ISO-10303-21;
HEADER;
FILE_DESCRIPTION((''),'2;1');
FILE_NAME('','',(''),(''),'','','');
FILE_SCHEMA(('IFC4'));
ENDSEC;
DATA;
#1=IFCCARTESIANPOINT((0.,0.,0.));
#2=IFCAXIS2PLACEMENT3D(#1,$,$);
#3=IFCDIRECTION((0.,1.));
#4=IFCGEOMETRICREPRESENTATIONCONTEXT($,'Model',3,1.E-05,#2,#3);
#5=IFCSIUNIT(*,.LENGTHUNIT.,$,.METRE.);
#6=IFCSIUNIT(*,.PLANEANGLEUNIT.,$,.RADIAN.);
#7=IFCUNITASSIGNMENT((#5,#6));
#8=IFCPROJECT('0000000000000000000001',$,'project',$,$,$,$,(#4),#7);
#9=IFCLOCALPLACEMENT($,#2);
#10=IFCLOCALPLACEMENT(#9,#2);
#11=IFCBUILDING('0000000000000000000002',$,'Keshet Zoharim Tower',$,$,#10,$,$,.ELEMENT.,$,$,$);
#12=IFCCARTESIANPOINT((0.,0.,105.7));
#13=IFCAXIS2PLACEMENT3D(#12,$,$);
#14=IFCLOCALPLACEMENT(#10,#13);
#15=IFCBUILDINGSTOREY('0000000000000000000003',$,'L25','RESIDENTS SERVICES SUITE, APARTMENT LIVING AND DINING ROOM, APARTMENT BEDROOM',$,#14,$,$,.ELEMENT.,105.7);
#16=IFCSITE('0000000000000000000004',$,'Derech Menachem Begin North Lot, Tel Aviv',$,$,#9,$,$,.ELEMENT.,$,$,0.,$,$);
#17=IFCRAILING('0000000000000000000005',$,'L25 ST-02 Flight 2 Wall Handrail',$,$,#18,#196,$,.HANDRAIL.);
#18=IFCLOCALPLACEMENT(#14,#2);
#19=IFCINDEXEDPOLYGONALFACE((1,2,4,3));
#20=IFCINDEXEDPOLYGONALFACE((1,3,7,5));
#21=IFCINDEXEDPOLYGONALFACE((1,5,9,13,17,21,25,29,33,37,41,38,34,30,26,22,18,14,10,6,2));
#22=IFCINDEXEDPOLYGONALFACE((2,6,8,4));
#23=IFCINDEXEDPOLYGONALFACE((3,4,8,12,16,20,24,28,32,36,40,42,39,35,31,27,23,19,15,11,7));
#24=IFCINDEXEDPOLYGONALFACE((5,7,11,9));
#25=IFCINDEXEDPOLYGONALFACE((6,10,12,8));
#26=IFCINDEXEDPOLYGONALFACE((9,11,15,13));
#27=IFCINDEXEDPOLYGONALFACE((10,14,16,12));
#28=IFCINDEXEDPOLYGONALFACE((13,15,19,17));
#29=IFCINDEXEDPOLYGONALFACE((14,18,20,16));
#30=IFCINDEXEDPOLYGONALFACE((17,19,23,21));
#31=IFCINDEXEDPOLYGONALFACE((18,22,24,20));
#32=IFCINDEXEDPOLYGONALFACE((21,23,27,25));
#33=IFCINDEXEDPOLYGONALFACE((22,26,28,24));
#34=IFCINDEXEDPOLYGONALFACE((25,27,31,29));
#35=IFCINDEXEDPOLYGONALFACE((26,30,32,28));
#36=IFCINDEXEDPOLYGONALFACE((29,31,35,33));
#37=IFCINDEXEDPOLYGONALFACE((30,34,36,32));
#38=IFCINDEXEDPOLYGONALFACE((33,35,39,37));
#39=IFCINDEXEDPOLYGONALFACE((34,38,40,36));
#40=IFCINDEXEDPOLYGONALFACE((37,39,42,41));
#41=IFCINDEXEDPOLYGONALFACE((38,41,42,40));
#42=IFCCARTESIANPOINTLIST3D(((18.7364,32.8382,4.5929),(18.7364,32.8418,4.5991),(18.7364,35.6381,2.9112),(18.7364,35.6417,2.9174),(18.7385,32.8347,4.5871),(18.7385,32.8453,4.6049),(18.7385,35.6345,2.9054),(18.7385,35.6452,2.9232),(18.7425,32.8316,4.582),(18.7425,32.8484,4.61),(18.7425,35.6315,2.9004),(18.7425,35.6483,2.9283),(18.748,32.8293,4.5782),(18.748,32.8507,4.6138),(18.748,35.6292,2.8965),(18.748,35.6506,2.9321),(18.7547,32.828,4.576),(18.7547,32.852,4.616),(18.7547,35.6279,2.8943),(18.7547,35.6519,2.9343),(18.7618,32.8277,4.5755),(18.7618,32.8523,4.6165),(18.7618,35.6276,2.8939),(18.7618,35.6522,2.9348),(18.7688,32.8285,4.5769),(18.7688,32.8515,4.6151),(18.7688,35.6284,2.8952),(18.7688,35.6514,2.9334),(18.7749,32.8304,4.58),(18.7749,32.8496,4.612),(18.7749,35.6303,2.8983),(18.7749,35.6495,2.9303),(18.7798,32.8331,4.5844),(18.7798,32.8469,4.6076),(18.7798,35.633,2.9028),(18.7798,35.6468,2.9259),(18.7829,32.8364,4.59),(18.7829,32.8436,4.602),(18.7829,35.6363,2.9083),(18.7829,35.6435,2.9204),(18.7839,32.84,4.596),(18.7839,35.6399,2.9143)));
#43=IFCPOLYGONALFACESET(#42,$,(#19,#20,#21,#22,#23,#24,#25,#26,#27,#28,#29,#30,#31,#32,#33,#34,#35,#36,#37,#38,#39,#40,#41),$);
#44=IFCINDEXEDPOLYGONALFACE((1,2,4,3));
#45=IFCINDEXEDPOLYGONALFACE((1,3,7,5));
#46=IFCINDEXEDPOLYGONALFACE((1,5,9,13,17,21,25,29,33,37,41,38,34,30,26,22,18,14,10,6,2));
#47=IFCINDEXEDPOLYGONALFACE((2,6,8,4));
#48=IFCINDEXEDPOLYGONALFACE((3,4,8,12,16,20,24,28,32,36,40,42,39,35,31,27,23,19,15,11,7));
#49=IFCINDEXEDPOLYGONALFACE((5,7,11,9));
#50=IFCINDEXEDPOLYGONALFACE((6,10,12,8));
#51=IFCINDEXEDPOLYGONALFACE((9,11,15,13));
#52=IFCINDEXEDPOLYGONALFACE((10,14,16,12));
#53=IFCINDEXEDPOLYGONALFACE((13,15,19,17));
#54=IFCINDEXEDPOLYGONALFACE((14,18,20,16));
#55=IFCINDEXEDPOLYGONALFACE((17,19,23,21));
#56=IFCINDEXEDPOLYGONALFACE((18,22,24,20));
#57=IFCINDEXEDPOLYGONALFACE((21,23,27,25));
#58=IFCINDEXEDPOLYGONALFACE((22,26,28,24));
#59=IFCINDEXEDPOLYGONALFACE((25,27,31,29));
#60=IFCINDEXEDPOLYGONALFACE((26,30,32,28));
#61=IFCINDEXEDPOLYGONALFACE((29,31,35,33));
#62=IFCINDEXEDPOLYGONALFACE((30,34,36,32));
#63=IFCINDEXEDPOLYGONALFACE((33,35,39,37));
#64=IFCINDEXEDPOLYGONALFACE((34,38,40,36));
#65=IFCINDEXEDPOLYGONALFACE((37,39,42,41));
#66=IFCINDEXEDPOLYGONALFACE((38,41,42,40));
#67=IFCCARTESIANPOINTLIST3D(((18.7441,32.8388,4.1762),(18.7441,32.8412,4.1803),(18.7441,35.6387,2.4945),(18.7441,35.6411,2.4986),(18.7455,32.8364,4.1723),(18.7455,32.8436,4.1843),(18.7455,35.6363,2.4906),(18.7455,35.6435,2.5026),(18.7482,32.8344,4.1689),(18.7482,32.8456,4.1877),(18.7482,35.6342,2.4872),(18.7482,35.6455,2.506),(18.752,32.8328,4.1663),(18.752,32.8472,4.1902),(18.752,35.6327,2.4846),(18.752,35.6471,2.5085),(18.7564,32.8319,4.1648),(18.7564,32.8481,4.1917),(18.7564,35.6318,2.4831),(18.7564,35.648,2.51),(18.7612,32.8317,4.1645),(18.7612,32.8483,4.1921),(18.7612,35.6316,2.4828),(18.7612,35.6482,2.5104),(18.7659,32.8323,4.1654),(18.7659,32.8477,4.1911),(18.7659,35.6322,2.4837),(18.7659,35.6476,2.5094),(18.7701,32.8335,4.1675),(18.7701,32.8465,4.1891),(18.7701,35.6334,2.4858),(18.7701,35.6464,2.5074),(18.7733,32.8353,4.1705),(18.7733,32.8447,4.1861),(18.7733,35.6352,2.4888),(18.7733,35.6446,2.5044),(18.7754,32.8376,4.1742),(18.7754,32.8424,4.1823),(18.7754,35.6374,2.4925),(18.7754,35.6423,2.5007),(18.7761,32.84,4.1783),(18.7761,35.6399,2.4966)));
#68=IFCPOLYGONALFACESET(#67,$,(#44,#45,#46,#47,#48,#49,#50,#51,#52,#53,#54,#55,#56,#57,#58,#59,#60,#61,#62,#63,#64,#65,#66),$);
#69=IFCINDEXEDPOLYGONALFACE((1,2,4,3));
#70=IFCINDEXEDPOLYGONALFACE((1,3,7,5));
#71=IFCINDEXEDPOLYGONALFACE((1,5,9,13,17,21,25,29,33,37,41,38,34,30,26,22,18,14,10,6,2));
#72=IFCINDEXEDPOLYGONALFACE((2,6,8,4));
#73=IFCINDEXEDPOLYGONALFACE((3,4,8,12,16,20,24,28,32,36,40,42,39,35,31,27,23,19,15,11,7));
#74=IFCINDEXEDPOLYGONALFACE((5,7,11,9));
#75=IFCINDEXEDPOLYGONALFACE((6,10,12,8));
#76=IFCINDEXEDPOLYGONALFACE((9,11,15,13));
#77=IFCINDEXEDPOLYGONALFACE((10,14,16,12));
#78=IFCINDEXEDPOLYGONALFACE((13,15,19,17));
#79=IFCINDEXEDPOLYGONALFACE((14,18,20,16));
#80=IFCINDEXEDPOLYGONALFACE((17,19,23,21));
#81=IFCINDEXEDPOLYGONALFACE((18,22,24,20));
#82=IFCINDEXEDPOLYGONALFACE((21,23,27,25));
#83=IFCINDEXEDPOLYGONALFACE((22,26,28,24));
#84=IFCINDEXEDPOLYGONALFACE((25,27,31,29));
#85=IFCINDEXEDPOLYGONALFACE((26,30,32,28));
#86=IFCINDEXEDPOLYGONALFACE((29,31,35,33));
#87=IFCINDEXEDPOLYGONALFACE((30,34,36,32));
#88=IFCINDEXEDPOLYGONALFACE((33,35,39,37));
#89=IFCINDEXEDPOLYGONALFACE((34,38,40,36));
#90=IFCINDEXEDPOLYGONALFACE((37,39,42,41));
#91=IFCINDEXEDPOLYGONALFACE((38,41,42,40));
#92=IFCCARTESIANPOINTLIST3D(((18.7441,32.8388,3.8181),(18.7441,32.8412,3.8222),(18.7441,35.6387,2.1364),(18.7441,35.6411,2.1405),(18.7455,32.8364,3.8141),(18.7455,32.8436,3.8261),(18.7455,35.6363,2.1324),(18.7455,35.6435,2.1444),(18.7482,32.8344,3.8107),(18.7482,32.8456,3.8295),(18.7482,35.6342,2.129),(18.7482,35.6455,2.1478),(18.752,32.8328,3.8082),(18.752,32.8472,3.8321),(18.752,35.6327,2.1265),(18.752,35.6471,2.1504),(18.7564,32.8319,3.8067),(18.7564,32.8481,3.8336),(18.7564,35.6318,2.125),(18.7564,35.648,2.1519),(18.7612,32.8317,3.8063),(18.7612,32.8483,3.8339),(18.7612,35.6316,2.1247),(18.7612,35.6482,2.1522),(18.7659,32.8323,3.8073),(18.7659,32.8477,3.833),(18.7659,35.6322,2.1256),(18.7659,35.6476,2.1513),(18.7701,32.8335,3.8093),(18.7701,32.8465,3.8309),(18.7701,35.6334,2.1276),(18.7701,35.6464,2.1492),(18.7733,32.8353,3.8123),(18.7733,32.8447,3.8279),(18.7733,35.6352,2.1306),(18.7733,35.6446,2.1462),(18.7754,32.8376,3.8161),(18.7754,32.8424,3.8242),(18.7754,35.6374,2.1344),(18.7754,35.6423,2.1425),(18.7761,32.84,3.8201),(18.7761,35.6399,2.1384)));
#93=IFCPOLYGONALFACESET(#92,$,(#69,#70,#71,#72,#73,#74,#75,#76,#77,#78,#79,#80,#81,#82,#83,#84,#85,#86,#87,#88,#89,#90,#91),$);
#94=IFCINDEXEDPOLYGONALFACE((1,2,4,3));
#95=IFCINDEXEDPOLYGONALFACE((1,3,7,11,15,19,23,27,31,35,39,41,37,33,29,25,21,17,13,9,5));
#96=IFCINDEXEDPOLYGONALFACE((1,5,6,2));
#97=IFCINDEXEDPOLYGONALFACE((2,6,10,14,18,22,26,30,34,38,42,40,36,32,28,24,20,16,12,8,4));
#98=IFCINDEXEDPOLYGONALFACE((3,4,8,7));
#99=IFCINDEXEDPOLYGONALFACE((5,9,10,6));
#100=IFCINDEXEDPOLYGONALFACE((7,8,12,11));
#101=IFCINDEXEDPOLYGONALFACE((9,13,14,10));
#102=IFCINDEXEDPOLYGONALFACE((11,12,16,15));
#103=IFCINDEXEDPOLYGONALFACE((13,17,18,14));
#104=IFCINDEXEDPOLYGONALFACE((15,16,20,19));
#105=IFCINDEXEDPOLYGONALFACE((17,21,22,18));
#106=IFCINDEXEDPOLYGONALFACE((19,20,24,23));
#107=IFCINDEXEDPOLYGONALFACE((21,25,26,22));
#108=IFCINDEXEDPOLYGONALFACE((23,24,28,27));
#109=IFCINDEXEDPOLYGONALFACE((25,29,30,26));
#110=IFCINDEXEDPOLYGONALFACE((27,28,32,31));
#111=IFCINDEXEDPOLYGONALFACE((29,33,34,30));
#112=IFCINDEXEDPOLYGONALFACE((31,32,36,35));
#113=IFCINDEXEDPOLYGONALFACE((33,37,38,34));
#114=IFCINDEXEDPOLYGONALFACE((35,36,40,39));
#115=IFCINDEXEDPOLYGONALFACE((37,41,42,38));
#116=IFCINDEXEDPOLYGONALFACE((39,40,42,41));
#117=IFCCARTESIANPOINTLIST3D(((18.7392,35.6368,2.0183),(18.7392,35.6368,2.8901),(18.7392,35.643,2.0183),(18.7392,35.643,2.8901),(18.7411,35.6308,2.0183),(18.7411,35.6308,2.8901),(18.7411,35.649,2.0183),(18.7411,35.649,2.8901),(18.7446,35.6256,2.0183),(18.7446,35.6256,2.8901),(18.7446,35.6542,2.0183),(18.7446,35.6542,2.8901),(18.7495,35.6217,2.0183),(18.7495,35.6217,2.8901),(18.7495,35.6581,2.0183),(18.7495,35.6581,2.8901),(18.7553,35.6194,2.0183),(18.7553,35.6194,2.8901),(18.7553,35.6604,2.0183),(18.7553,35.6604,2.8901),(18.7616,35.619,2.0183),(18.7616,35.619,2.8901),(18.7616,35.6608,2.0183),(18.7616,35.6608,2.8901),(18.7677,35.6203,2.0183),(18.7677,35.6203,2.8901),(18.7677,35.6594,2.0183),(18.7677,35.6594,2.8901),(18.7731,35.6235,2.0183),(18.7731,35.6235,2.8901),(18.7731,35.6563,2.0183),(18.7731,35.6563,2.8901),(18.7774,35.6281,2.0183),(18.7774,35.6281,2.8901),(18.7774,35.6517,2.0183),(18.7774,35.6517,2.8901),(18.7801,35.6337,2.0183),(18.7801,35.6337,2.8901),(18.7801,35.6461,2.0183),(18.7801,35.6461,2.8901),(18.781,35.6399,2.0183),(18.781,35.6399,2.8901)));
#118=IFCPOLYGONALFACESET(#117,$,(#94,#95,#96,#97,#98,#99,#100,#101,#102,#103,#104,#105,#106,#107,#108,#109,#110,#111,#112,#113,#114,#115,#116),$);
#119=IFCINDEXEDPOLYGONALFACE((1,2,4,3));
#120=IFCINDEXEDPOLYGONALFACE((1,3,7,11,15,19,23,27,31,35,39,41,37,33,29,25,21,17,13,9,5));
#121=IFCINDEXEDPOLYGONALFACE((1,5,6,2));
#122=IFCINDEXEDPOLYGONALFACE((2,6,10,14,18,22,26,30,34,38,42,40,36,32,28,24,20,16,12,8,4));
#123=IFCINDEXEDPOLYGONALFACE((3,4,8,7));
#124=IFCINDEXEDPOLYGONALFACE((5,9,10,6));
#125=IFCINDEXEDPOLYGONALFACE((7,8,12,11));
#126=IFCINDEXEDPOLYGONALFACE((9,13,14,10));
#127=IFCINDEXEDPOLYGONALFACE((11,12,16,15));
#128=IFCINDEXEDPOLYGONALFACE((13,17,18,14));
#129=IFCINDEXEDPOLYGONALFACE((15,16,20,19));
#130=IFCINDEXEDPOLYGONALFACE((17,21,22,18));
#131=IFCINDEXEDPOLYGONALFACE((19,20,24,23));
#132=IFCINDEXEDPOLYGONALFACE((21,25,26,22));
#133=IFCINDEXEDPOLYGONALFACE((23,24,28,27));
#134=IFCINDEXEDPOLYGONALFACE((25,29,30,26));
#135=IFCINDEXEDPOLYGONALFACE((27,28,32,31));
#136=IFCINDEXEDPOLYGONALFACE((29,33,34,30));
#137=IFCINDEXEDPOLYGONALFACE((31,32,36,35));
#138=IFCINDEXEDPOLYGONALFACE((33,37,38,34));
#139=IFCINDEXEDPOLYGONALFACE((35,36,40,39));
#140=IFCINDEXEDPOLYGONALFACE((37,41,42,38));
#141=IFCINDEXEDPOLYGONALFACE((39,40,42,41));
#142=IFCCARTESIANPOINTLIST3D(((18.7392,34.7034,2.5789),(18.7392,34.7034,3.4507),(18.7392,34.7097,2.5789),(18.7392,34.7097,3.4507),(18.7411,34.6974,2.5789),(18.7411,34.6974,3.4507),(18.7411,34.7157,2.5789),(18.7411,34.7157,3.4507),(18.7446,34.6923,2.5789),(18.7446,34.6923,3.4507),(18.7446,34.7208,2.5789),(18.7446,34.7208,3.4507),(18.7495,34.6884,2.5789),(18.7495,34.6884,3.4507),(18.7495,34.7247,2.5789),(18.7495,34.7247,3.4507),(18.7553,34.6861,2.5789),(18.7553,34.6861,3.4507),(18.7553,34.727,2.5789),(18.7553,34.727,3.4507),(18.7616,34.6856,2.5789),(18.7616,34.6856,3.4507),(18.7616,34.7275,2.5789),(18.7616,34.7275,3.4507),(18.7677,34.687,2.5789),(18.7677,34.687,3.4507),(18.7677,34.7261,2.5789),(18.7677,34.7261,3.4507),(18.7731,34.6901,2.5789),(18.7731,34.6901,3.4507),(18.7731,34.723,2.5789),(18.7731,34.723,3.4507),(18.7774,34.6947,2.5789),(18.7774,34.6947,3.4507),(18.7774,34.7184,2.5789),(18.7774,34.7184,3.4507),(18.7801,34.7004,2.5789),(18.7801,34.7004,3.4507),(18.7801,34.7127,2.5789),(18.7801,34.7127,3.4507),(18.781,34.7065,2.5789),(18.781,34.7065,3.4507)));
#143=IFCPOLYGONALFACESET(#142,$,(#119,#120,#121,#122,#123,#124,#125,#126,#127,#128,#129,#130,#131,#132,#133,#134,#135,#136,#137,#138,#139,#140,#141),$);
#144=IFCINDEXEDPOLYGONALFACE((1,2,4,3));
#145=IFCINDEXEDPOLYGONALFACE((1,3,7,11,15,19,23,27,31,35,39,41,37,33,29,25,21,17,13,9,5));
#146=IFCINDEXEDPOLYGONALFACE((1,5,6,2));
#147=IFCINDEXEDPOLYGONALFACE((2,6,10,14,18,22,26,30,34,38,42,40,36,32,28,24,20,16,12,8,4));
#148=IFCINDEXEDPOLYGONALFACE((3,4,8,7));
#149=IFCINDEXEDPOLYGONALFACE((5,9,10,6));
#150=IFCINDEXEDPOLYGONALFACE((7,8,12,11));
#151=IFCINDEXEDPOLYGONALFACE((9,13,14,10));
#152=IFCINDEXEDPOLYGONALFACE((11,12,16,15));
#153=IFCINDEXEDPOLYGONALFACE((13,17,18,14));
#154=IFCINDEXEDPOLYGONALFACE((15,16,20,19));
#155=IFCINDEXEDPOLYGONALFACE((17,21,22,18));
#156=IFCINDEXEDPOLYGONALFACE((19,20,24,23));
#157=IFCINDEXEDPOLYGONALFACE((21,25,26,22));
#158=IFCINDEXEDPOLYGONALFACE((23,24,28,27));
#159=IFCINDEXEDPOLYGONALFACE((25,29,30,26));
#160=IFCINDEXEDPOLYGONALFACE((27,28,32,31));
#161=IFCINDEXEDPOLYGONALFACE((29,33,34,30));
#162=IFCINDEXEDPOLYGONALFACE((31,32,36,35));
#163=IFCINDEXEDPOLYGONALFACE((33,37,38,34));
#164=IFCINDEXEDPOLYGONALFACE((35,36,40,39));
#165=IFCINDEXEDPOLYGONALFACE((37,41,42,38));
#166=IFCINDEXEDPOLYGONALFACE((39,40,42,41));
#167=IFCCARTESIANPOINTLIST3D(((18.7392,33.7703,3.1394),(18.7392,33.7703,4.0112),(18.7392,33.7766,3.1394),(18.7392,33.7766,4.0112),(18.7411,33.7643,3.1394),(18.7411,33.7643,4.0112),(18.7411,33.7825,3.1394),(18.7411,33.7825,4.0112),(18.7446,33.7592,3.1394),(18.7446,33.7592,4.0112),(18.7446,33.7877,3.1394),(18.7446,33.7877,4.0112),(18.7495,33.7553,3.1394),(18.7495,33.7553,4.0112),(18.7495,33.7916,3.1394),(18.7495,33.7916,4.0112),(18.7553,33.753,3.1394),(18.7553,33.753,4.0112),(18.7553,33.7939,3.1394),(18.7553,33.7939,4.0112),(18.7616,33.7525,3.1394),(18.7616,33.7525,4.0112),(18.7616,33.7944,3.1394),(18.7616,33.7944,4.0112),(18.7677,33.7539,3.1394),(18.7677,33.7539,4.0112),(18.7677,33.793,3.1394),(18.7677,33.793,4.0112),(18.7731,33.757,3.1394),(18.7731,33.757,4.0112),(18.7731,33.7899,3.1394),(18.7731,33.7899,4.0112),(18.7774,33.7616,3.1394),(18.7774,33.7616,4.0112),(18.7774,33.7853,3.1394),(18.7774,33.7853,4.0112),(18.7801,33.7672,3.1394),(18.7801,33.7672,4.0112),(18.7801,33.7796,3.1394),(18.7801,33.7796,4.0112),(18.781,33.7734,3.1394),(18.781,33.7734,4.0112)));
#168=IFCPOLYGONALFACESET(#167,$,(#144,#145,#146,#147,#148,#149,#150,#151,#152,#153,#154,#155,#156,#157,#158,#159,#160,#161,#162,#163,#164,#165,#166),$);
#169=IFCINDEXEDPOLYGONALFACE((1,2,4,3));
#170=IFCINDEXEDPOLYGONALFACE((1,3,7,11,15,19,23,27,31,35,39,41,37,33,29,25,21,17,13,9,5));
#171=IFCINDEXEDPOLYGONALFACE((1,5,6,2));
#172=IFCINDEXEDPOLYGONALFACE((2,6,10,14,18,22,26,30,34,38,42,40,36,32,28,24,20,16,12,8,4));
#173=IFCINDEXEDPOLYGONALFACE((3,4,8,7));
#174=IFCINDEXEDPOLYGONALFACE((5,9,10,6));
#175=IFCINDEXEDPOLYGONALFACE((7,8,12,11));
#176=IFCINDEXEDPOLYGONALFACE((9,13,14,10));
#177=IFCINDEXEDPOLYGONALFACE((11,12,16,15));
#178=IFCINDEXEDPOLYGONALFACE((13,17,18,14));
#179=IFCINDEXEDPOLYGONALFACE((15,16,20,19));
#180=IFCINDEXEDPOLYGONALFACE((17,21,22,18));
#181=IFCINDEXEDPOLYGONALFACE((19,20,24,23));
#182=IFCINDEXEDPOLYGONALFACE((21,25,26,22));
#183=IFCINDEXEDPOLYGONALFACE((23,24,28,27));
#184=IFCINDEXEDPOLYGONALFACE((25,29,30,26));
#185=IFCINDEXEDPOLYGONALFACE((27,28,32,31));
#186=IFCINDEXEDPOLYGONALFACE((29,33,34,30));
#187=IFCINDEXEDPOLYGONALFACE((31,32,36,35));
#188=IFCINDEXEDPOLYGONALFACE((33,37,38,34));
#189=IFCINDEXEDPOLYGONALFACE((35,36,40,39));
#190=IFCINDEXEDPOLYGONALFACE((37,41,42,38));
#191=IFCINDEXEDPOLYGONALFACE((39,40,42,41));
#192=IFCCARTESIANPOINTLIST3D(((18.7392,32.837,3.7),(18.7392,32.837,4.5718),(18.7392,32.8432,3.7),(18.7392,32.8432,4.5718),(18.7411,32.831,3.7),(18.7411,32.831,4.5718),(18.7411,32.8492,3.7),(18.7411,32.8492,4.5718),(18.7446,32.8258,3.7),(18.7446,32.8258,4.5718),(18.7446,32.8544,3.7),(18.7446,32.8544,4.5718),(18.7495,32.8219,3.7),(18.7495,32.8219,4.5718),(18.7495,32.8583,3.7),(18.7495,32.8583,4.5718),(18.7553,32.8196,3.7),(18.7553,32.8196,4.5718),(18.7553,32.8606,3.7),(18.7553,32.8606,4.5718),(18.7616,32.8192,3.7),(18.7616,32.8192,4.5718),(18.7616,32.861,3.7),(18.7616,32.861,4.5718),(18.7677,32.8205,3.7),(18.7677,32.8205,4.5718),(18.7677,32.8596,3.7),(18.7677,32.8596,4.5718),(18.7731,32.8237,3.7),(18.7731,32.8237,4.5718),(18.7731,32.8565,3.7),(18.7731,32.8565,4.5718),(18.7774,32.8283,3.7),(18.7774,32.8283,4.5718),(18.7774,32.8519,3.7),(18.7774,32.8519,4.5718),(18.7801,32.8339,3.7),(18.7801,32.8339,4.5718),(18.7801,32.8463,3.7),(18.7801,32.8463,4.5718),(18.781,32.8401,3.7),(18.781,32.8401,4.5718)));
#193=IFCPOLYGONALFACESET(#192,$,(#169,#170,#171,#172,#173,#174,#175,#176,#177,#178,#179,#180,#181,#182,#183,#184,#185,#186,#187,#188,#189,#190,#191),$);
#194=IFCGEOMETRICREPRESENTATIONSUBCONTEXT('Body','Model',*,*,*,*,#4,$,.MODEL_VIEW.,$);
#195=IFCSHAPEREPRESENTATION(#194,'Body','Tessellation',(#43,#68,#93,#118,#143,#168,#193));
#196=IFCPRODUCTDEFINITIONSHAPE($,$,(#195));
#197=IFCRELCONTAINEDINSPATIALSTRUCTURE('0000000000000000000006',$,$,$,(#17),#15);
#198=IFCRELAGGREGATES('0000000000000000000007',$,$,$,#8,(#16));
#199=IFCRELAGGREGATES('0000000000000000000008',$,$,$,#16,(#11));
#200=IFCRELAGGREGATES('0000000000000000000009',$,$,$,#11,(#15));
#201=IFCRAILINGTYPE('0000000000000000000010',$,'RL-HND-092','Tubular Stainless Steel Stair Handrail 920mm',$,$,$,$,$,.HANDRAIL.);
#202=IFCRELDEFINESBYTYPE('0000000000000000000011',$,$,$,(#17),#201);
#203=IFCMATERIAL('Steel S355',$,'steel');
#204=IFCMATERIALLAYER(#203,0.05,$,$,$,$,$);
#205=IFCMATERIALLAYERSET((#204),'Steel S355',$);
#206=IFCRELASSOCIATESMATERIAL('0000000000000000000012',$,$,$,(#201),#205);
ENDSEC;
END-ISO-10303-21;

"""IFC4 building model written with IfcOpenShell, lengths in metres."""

from ifc_helpers import new_model, si_unit, direction, frame, origin, origin_2d, place, context, subcontext, project, spatial, circle, extrude, material, layer, layer_set, type_object, element, save


model = new_model("IFC4")

# Units and contexts
model_context = context("Model", 3, precision=1e-05, world=origin(), true_north=direction((0.0, 1.0)))
body_context = subcontext(model_context, "Body", "Model", "MODEL_VIEW")
ifc_project = project(units=[si_unit("LENGTHUNIT", "METRE"), si_unit("PLANEANGLEUNIT", "RADIAN")], contexts=[model_context])

# Site, building, storey
site_placement = place(None, origin())
site = spatial("IfcSite", under=ifc_project, at=site_placement, Name="Derech Menachem Begin North Lot, Tel Aviv", CompositionType="ELEMENT", RefElevation=0.0)
building_placement = place(site_placement, origin())
building = spatial("IfcBuilding", under=site, at=building_placement, Name="Keshet Zoharim Tower", CompositionType="ELEMENT")
storey_placement = place(building_placement, frame((0.0, 0.0, 105.7)))
storey = spatial("IfcBuildingStorey", under=building, at=storey_placement, Name="L25", Description="RESIDENTS SERVICES SUITE, APARTMENT LIVING AND DINING ROOM, APARTMENT BEDROOM", CompositionType="ELEMENT", Elevation=105.7)

# Shared definitions
ifc_material_1 = material(Name="Steel S355", Category="steel")

# Railing
ifc_layer_1 = layer(ifc_material_1, 0.05)
ifc_layer_set_1 = layer_set([ifc_layer_1], Name="Steel S355")
railing_type = type_object("IfcRailingType", Name="RL-HND-092", Description="Tubular Stainless Steel Stair Handrail 920mm", PredefinedType="HANDRAIL", material=ifc_layer_set_1)
railing_placement = place(storey_placement, frame((18.76, 35.6399, 2.0183)))
element("IfcRailing", 1, at=railing_placement, inside=storey, type_object=railing_type, Name="L25 ST-02 Flight 2 Wall Handrail", PredefinedType="HANDRAIL", context=body_context, shape_type="SweptSolid", body=[
    extrude(circle(Radius=0.0239, at=origin_2d()), frame((0.0, 0.0, 0.896), z_axis=(0.0, -0.857255, 0.514891), x_axis=(1.0, 0.0, 0.0)), (0.0, 0.0, 1.0), 3.2661),
    extrude(circle(Radius=0.0161, at=origin_2d()), frame((0.0, 0.0, 0.4783), z_axis=(0.0, -0.857255, 0.514891), x_axis=(1.0, 0.0, 0.0)), (0.0, 0.0, 1.0), 3.2661),
    extrude(circle(Radius=0.0161, at=origin_2d()), frame((0.0, 0.0, 0.1201), z_axis=(0.0, -0.857255, 0.514891), x_axis=(1.0, 0.0, 0.0)), (0.0, 0.0, 1.0), 3.2661),
    extrude(circle(Radius=0.021, at=origin_2d()), origin(), (0.0, 0.0, 1.0), 0.8718),
    extrude(circle(Radius=0.021, at=origin_2d()), frame((0.0, -0.9333, 0.5605)), (0.0, 0.0, 1.0), 0.8718),
    extrude(circle(Radius=0.021, at=origin_2d()), frame((0.0, -1.8665, 1.1211)), (0.0, 0.0, 1.0), 0.8718),
    extrude(circle(Radius=0.021, at=origin_2d()), frame((0.0, -2.7998, 1.6816)), (0.0, 0.0, 1.0), 0.8718),
])

save(model, "model.ifc")
